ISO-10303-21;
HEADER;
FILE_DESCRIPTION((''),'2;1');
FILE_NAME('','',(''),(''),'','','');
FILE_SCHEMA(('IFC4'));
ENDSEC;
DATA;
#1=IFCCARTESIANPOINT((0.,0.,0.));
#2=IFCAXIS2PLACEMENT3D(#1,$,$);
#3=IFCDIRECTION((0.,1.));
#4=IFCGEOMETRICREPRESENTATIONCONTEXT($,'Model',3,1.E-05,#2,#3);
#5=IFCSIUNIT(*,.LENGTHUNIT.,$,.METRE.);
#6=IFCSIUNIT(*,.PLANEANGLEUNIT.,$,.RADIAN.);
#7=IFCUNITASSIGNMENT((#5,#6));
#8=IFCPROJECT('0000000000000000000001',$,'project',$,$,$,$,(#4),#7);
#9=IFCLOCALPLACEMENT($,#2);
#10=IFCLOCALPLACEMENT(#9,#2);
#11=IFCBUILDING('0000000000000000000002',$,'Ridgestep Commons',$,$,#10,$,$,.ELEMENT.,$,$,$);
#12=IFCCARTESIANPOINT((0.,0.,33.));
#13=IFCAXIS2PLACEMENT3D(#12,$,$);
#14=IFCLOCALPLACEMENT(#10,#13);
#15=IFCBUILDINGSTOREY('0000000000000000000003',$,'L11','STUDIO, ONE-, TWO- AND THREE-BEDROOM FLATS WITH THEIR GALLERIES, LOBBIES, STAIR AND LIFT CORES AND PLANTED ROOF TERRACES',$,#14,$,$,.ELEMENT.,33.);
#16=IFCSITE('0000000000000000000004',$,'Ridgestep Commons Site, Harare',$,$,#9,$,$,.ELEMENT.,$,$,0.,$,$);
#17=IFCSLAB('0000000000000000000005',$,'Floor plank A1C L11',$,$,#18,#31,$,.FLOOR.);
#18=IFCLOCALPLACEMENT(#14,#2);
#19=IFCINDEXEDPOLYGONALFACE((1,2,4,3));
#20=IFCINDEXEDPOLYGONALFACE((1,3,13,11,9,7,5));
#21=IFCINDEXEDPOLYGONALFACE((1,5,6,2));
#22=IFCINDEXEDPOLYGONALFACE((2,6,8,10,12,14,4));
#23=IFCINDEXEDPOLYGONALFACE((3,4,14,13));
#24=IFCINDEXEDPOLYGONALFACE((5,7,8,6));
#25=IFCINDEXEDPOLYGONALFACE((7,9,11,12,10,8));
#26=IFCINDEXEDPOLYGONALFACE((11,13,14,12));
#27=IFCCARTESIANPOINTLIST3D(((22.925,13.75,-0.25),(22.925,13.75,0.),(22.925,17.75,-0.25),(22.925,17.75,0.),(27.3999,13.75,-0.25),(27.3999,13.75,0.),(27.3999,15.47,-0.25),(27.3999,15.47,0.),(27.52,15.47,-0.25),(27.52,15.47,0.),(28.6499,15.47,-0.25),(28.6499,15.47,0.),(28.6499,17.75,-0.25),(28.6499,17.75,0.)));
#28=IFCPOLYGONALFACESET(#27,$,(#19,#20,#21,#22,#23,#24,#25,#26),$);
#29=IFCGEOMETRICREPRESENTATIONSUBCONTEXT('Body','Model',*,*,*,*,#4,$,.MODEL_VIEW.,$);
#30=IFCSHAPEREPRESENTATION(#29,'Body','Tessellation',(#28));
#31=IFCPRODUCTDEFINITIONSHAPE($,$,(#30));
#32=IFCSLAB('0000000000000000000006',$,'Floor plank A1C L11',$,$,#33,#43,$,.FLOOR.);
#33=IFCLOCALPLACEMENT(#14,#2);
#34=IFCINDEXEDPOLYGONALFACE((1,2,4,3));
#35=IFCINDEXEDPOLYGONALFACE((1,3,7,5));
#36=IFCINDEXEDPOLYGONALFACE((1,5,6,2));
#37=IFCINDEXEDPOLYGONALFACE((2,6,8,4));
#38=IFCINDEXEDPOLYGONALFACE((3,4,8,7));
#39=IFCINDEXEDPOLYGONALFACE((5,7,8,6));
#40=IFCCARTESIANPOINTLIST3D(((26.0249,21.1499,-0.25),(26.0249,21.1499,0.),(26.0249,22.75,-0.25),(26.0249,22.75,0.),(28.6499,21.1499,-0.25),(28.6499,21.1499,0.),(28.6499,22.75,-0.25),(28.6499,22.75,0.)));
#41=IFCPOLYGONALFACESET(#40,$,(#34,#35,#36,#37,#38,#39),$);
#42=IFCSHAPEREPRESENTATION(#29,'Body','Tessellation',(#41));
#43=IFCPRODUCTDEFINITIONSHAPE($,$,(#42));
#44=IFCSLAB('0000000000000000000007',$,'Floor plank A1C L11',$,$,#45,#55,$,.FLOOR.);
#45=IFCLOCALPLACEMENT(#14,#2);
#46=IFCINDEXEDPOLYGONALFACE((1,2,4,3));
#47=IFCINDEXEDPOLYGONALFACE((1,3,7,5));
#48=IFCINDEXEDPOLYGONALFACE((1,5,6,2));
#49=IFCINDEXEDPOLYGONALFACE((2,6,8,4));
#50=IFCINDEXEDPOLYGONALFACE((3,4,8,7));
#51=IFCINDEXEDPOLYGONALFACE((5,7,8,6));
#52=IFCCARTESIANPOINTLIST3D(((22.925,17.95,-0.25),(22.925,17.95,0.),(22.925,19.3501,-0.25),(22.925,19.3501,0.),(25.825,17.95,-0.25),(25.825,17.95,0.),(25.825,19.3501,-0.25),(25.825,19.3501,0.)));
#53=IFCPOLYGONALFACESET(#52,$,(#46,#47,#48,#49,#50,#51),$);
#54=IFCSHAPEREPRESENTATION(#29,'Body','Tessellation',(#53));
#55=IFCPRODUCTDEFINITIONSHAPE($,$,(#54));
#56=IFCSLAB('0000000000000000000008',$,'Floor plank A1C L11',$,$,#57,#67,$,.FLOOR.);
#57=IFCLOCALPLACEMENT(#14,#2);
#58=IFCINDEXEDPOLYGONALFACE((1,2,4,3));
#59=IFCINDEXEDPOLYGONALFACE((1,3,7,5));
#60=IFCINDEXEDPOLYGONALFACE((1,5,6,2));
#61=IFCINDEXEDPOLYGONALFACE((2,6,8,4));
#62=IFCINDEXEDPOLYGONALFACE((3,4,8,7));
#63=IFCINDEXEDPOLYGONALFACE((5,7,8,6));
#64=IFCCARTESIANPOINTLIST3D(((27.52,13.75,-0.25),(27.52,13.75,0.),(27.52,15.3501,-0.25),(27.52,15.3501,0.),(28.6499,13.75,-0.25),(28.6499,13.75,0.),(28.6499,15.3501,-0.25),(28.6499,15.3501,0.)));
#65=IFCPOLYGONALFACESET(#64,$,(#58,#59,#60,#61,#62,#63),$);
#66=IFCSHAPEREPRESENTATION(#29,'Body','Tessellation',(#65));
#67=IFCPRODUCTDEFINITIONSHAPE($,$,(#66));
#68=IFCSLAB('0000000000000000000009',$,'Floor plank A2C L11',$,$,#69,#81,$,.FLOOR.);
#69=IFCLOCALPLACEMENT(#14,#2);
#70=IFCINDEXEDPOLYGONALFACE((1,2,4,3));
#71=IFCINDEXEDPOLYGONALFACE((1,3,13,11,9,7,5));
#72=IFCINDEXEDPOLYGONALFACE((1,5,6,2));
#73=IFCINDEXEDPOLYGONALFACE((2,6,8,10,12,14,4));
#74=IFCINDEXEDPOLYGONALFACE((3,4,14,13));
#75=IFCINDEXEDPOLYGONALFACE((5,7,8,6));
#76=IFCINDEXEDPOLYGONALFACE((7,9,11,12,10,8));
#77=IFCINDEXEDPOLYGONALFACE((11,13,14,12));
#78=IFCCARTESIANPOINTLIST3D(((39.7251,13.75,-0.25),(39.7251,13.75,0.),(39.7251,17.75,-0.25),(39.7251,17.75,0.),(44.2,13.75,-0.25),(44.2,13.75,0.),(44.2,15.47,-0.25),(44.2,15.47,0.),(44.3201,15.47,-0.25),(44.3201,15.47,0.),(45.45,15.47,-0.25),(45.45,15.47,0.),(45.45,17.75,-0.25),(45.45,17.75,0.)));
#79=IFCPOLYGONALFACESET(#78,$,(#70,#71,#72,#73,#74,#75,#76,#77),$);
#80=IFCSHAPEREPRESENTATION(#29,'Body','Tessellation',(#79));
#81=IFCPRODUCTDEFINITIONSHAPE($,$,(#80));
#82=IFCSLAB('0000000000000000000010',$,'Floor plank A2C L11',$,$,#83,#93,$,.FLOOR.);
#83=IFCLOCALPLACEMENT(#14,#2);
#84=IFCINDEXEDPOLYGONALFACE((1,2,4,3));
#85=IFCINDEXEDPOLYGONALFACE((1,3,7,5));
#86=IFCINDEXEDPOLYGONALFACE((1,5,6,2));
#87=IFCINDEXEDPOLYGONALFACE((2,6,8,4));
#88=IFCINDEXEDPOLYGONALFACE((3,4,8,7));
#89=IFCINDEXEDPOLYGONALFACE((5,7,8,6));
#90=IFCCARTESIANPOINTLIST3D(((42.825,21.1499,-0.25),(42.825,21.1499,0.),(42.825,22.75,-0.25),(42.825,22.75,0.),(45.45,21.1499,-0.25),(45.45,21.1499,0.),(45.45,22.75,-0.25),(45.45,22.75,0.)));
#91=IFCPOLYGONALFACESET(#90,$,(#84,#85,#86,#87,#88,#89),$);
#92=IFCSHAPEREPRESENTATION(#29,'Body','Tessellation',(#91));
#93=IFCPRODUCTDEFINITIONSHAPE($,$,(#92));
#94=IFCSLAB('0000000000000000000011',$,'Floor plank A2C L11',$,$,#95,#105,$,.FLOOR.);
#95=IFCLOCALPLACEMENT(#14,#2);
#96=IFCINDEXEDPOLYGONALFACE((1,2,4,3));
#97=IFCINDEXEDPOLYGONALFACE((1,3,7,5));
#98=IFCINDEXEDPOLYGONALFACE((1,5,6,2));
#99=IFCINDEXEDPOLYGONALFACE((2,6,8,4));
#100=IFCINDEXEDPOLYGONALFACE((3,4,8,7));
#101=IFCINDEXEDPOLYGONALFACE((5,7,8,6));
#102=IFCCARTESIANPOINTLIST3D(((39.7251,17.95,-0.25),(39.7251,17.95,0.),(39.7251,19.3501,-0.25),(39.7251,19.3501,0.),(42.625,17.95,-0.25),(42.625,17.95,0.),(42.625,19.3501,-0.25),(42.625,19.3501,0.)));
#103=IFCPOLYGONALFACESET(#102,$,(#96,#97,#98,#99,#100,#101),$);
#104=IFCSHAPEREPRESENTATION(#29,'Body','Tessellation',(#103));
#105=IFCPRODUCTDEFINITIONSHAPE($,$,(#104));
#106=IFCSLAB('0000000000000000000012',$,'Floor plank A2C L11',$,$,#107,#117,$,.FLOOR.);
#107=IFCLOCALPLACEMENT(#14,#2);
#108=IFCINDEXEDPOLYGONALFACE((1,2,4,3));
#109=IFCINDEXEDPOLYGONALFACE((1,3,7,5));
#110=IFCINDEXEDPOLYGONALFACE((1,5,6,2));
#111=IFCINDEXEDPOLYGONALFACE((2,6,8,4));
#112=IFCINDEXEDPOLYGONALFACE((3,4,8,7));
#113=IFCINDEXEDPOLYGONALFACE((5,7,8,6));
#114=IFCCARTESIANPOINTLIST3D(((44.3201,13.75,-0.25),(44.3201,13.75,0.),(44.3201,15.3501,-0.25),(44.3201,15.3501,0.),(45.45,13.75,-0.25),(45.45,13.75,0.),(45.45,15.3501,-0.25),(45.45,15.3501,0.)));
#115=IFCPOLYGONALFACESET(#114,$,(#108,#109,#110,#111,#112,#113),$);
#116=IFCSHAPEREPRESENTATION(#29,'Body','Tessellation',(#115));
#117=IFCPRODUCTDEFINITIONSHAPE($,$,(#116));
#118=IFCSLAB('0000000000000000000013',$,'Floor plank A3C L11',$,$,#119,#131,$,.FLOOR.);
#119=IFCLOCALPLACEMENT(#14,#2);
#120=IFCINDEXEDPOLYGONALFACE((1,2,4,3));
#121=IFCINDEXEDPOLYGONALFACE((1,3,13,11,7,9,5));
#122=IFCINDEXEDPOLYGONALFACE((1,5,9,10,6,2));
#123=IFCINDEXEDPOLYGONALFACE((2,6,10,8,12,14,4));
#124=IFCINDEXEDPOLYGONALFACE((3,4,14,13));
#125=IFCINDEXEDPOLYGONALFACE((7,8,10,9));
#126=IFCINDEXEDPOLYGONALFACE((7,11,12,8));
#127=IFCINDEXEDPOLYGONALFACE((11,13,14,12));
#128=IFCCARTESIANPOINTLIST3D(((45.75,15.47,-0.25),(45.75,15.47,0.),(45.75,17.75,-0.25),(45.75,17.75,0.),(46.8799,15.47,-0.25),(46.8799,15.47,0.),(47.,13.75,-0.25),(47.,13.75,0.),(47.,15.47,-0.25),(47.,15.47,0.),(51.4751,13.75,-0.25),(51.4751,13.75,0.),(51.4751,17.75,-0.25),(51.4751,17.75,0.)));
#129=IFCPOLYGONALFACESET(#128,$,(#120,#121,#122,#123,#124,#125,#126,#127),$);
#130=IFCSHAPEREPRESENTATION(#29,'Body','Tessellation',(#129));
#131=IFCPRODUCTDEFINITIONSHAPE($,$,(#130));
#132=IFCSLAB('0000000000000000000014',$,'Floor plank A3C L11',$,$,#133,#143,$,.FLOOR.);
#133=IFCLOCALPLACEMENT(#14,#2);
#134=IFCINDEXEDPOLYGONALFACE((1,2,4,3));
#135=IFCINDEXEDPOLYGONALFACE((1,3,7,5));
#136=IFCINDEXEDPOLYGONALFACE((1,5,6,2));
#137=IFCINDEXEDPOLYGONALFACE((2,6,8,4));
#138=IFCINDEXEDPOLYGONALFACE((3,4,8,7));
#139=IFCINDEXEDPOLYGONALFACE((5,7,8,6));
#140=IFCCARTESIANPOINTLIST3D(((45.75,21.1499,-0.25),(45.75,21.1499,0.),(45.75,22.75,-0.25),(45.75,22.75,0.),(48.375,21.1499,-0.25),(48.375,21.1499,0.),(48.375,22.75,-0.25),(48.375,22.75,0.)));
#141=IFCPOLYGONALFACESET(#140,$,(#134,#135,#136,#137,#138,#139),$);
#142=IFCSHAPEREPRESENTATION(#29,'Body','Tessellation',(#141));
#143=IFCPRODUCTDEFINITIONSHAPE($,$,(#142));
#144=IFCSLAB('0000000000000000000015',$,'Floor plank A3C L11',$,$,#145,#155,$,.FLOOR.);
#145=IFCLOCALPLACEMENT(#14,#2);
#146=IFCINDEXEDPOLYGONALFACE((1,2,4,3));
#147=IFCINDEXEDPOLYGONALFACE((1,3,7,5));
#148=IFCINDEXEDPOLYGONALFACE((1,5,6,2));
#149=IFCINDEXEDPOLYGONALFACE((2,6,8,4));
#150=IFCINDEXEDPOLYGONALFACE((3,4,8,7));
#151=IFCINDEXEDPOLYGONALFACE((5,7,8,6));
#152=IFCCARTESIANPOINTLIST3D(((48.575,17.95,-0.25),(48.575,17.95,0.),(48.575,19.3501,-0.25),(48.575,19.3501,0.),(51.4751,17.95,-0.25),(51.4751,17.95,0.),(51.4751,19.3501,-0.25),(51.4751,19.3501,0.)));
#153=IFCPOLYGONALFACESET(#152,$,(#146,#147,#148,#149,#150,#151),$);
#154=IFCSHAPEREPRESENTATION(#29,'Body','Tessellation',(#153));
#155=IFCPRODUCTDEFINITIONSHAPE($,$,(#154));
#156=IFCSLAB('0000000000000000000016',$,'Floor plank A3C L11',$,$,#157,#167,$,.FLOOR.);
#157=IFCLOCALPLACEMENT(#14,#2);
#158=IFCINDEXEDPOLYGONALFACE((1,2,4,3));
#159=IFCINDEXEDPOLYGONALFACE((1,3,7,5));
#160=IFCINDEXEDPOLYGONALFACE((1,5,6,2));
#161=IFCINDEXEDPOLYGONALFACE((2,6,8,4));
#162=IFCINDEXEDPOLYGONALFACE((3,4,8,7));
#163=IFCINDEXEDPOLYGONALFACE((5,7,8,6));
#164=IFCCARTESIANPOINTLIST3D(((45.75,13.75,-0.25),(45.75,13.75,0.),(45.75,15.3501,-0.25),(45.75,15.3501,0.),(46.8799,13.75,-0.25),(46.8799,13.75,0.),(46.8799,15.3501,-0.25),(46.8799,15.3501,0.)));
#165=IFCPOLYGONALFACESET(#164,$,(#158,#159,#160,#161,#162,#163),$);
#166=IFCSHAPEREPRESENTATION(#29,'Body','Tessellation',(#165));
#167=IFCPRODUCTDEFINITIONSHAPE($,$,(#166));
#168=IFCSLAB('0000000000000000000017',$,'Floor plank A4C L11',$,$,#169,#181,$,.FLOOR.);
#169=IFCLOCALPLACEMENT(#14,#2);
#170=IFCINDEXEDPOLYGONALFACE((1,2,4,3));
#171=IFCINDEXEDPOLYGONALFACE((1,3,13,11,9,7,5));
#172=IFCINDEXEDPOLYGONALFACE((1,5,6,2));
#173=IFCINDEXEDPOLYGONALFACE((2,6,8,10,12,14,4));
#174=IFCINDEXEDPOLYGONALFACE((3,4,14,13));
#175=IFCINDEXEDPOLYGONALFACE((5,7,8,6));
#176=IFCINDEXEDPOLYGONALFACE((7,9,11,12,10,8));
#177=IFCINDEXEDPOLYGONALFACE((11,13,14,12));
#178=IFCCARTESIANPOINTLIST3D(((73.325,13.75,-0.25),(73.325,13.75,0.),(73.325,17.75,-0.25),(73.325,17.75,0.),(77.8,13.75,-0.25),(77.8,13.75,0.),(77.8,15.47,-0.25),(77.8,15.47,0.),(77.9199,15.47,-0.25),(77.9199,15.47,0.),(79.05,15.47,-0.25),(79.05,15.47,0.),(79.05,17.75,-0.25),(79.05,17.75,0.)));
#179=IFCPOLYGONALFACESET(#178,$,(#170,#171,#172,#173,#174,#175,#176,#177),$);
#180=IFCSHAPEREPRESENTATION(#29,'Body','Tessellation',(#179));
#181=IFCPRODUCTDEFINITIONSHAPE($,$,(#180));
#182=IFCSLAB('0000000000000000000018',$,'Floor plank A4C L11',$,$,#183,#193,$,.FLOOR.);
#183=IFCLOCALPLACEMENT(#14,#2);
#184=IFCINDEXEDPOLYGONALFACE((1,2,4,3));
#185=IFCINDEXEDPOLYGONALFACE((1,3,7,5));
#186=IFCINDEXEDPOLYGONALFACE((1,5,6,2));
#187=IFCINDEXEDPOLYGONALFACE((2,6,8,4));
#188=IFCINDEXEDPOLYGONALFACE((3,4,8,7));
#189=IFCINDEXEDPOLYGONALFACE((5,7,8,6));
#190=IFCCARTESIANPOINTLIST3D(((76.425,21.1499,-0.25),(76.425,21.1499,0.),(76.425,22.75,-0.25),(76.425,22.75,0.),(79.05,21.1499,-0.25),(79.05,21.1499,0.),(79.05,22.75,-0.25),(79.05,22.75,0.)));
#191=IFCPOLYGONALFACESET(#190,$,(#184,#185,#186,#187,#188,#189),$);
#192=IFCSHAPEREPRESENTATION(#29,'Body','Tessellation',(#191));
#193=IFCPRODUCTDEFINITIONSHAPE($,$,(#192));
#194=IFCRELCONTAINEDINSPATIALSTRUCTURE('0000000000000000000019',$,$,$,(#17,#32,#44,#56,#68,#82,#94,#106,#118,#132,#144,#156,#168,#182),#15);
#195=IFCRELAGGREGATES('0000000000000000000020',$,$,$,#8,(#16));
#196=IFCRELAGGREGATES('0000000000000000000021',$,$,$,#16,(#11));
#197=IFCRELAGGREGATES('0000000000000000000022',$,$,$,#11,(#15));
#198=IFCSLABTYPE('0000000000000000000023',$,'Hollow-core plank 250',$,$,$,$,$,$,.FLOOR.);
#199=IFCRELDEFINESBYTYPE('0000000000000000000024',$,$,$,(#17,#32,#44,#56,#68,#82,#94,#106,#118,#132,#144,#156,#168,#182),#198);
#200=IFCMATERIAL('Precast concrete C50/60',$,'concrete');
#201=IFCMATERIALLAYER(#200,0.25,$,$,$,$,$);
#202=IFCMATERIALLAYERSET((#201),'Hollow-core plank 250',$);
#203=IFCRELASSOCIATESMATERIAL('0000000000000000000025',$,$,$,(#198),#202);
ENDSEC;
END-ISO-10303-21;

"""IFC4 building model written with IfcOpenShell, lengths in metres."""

from ifc_helpers import new_model, si_unit, direction, frame, origin, place, context, subcontext, project, spatial, polyline, outline, extrude, material, layer, layer_set, type_object, element, save


model = new_model("IFC4")

# Units and contexts
model_context = context("Model", 3, precision=1e-05, world=origin(), true_north=direction((0.0, 1.0)))
body_context = subcontext(model_context, "Body", "Model", "MODEL_VIEW")
ifc_project = project(units=[si_unit("LENGTHUNIT", "METRE"), si_unit("PLANEANGLEUNIT", "RADIAN")], contexts=[model_context])

# Site, building, storey
site_placement = place(None, origin())
site = spatial("IfcSite", under=ifc_project, at=site_placement, Name="Ridgestep Commons Site, Harare", CompositionType="ELEMENT", RefElevation=0.0)
building_placement = place(site_placement, origin())
building = spatial("IfcBuilding", under=site, at=building_placement, Name="Ridgestep Commons", CompositionType="ELEMENT")
storey_placement = place(building_placement, frame((0.0, 0.0, 33.0)))
storey = spatial("IfcBuildingStorey", under=building, at=storey_placement, Name="L11", Description="STUDIO, ONE-, TWO- AND THREE-BEDROOM FLATS WITH THEIR GALLERIES, LOBBIES, STAIR AND LIFT CORES AND PLANTED ROOF TERRACES", CompositionType="ELEMENT", Elevation=33.0)

# Slabs
ifc_material_1 = material(Name="Precast concrete C50/60", Category="concrete")
ifc_layer_1 = layer(ifc_material_1, 0.25)
ifc_layer_set_1 = layer_set([ifc_layer_1], Name="Hollow-core plank 250")
slab_type_1 = type_object("IfcSlabType", Name="Hollow-core plank 250", PredefinedType="FLOOR", material=ifc_layer_set_1)
slab_1_placement = place(storey_placement, frame((0.0, 0.0, -0.25)))
element("IfcSlab", 1, at=slab_1_placement, inside=storey, type_object=slab_type_1, Name="Floor plank A1C L11", PredefinedType="FLOOR", context=body_context, shape_type="SweptSolid", body=[
    extrude(outline(polyline([(27.52, 15.47), (28.6499, 15.47), (28.6499, 17.75), (22.925, 17.75), (22.925, 13.75), (27.3999, 13.75), (27.3999, 15.47), (27.52, 15.47)])), origin(), (0.0, 0.0, 1.0), 0.25),
])
slab_2_placement = place(storey_placement, frame((0.0, 0.0, -0.25)))
element("IfcSlab", 2, at=slab_2_placement, inside=storey, type_object=slab_type_1, Name="Floor plank A1C L11", PredefinedType="FLOOR", context=body_context, shape_type="SweptSolid", body=[
    extrude(outline(polyline([(28.6499, 21.1499), (28.6499, 22.75), (26.0249, 22.75), (26.0249, 21.1499), (28.6499, 21.1499)])), origin(), (0.0, 0.0, 1.0), 0.25),
])
slab_3_placement = place(storey_placement, frame((0.0, 0.0, -0.25)))
element("IfcSlab", 3, at=slab_3_placement, inside=storey, type_object=slab_type_1, Name="Floor plank A1C L11", PredefinedType="FLOOR", context=body_context, shape_type="SweptSolid", body=[
    extrude(outline(polyline([(25.825, 17.95), (25.825, 19.3501), (22.925, 19.3501), (22.925, 17.95), (25.825, 17.95)])), origin(), (0.0, 0.0, 1.0), 0.25),
])
slab_4_placement = place(storey_placement, frame((0.0, 0.0, -0.25)))
element("IfcSlab", 4, at=slab_4_placement, inside=storey, type_object=slab_type_1, Name="Floor plank A1C L11", PredefinedType="FLOOR", context=body_context, shape_type="SweptSolid", body=[
    extrude(outline(polyline([(27.52, 13.75), (28.6499, 13.75), (28.6499, 15.3501), (27.52, 15.3501), (27.52, 13.75)])), origin(), (0.0, 0.0, 1.0), 0.25),
])
slab_5_placement = place(storey_placement, frame((0.0, 0.0, -0.25)))
element("IfcSlab", 5, at=slab_5_placement, inside=storey, type_object=slab_type_1, Name="Floor plank A2C L11", PredefinedType="FLOOR", context=body_context, shape_type="SweptSolid", body=[
    extrude(outline(polyline([(44.3201, 15.47), (45.45, 15.47), (45.45, 17.75), (39.7251, 17.75), (39.7251, 13.75), (44.2, 13.75), (44.2, 15.47), (44.3201, 15.47)])), origin(), (0.0, 0.0, 1.0), 0.25),
])
slab_6_placement = place(storey_placement, frame((0.0, 0.0, -0.25)))
element("IfcSlab", 6, at=slab_6_placement, inside=storey, type_object=slab_type_1, Name="Floor plank A2C L11", PredefinedType="FLOOR", context=body_context, shape_type="SweptSolid", body=[
    extrude(outline(polyline([(45.45, 21.1499), (45.45, 22.75), (42.825, 22.75), (42.825, 21.1499), (45.45, 21.1499)])), origin(), (0.0, 0.0, 1.0), 0.25),
])
slab_7_placement = place(storey_placement, frame((0.0, 0.0, -0.25)))
element("IfcSlab", 7, at=slab_7_placement, inside=storey, type_object=slab_type_1, Name="Floor plank A2C L11", PredefinedType="FLOOR", context=body_context, shape_type="SweptSolid", body=[
    extrude(outline(polyline([(42.625, 17.95), (42.625, 19.3501), (39.7251, 19.3501), (39.7251, 17.95), (42.625, 17.95)])), origin(), (0.0, 0.0, 1.0), 0.25),
])
slab_8_placement = place(storey_placement, frame((0.0, 0.0, -0.25)))
element("IfcSlab", 8, at=slab_8_placement, inside=storey, type_object=slab_type_1, Name="Floor plank A2C L11", PredefinedType="FLOOR", context=body_context, shape_type="SweptSolid", body=[
    extrude(outline(polyline([(44.3201, 13.75), (45.45, 13.75), (45.45, 15.3501), (44.3201, 15.3501), (44.3201, 13.75)])), origin(), (0.0, 0.0, 1.0), 0.25),
])
slab_9_placement = place(storey_placement, frame((0.0, 0.0, -0.25)))
element("IfcSlab", 9, at=slab_9_placement, inside=storey, type_object=slab_type_1, Name="Floor plank A3C L11", PredefinedType="FLOOR", context=body_context, shape_type="SweptSolid", body=[
    extrude(outline(polyline([(47.0, 13.75), (51.4751, 13.75), (51.4751, 17.75), (45.75, 17.75), (45.75, 15.47), (46.8799, 15.47), (47.0, 15.47), (47.0, 13.75)])), origin(), (0.0, 0.0, 1.0), 0.25),
])
slab_10_placement = place(storey_placement, frame((0.0, 0.0, -0.25)))
element("IfcSlab", 10, at=slab_10_placement, inside=storey, type_object=slab_type_1, Name="Floor plank A3C L11", PredefinedType="FLOOR", context=body_context, shape_type="SweptSolid", body=[
    extrude(outline(polyline([(48.375, 22.75), (45.75, 22.75), (45.75, 21.1499), (48.375, 21.1499), (48.375, 22.75)])), origin(), (0.0, 0.0, 1.0), 0.25),
])
slab_11_placement = place(storey_placement, frame((0.0, 0.0, -0.25)))
element("IfcSlab", 11, at=slab_11_placement, inside=storey, type_object=slab_type_1, Name="Floor plank A3C L11", PredefinedType="FLOOR", context=body_context, shape_type="SweptSolid", body=[
    extrude(outline(polyline([(51.4751, 17.95), (51.4751, 19.3501), (48.575, 19.3501), (48.575, 17.95), (51.4751, 17.95)])), origin(), (0.0, 0.0, 1.0), 0.25),
])
slab_12_placement = place(storey_placement, frame((0.0, 0.0, -0.25)))
element("IfcSlab", 12, at=slab_12_placement, inside=storey, type_object=slab_type_1, Name="Floor plank A3C L11", PredefinedType="FLOOR", context=body_context, shape_type="SweptSolid", body=[
    extrude(outline(polyline([(46.8799, 15.3501), (45.75, 15.3501), (45.75, 13.75), (46.8799, 13.75), (46.8799, 15.3501)])), origin(), (0.0, 0.0, 1.0), 0.25),
])
slab_13_placement = place(storey_placement, frame((0.0, 0.0, -0.25)))
element("IfcSlab", 13, at=slab_13_placement, inside=storey, type_object=slab_type_1, Name="Floor plank A4C L11", PredefinedType="FLOOR", context=body_context, shape_type="SweptSolid", body=[
    extrude(outline(polyline([(77.9199, 15.47), (79.05, 15.47), (79.05, 17.75), (73.325, 17.75), (73.325, 13.75), (77.8, 13.75), (77.8, 15.47), (77.9199, 15.47)])), origin(), (0.0, 0.0, 1.0), 0.25),
])
slab_14_placement = place(storey_placement, frame((0.0, 0.0, -0.25)))
element("IfcSlab", 14, at=slab_14_placement, inside=storey, type_object=slab_type_1, Name="Floor plank A4C L11", PredefinedType="FLOOR", context=body_context, shape_type="SweptSolid", body=[
    extrude(outline(polyline([(79.05, 21.1499), (79.05, 22.75), (76.425, 22.75), (76.425, 21.1499), (79.05, 21.1499)])), origin(), (0.0, 0.0, 1.0), 0.25),
])

save(model, "model.ifc")
